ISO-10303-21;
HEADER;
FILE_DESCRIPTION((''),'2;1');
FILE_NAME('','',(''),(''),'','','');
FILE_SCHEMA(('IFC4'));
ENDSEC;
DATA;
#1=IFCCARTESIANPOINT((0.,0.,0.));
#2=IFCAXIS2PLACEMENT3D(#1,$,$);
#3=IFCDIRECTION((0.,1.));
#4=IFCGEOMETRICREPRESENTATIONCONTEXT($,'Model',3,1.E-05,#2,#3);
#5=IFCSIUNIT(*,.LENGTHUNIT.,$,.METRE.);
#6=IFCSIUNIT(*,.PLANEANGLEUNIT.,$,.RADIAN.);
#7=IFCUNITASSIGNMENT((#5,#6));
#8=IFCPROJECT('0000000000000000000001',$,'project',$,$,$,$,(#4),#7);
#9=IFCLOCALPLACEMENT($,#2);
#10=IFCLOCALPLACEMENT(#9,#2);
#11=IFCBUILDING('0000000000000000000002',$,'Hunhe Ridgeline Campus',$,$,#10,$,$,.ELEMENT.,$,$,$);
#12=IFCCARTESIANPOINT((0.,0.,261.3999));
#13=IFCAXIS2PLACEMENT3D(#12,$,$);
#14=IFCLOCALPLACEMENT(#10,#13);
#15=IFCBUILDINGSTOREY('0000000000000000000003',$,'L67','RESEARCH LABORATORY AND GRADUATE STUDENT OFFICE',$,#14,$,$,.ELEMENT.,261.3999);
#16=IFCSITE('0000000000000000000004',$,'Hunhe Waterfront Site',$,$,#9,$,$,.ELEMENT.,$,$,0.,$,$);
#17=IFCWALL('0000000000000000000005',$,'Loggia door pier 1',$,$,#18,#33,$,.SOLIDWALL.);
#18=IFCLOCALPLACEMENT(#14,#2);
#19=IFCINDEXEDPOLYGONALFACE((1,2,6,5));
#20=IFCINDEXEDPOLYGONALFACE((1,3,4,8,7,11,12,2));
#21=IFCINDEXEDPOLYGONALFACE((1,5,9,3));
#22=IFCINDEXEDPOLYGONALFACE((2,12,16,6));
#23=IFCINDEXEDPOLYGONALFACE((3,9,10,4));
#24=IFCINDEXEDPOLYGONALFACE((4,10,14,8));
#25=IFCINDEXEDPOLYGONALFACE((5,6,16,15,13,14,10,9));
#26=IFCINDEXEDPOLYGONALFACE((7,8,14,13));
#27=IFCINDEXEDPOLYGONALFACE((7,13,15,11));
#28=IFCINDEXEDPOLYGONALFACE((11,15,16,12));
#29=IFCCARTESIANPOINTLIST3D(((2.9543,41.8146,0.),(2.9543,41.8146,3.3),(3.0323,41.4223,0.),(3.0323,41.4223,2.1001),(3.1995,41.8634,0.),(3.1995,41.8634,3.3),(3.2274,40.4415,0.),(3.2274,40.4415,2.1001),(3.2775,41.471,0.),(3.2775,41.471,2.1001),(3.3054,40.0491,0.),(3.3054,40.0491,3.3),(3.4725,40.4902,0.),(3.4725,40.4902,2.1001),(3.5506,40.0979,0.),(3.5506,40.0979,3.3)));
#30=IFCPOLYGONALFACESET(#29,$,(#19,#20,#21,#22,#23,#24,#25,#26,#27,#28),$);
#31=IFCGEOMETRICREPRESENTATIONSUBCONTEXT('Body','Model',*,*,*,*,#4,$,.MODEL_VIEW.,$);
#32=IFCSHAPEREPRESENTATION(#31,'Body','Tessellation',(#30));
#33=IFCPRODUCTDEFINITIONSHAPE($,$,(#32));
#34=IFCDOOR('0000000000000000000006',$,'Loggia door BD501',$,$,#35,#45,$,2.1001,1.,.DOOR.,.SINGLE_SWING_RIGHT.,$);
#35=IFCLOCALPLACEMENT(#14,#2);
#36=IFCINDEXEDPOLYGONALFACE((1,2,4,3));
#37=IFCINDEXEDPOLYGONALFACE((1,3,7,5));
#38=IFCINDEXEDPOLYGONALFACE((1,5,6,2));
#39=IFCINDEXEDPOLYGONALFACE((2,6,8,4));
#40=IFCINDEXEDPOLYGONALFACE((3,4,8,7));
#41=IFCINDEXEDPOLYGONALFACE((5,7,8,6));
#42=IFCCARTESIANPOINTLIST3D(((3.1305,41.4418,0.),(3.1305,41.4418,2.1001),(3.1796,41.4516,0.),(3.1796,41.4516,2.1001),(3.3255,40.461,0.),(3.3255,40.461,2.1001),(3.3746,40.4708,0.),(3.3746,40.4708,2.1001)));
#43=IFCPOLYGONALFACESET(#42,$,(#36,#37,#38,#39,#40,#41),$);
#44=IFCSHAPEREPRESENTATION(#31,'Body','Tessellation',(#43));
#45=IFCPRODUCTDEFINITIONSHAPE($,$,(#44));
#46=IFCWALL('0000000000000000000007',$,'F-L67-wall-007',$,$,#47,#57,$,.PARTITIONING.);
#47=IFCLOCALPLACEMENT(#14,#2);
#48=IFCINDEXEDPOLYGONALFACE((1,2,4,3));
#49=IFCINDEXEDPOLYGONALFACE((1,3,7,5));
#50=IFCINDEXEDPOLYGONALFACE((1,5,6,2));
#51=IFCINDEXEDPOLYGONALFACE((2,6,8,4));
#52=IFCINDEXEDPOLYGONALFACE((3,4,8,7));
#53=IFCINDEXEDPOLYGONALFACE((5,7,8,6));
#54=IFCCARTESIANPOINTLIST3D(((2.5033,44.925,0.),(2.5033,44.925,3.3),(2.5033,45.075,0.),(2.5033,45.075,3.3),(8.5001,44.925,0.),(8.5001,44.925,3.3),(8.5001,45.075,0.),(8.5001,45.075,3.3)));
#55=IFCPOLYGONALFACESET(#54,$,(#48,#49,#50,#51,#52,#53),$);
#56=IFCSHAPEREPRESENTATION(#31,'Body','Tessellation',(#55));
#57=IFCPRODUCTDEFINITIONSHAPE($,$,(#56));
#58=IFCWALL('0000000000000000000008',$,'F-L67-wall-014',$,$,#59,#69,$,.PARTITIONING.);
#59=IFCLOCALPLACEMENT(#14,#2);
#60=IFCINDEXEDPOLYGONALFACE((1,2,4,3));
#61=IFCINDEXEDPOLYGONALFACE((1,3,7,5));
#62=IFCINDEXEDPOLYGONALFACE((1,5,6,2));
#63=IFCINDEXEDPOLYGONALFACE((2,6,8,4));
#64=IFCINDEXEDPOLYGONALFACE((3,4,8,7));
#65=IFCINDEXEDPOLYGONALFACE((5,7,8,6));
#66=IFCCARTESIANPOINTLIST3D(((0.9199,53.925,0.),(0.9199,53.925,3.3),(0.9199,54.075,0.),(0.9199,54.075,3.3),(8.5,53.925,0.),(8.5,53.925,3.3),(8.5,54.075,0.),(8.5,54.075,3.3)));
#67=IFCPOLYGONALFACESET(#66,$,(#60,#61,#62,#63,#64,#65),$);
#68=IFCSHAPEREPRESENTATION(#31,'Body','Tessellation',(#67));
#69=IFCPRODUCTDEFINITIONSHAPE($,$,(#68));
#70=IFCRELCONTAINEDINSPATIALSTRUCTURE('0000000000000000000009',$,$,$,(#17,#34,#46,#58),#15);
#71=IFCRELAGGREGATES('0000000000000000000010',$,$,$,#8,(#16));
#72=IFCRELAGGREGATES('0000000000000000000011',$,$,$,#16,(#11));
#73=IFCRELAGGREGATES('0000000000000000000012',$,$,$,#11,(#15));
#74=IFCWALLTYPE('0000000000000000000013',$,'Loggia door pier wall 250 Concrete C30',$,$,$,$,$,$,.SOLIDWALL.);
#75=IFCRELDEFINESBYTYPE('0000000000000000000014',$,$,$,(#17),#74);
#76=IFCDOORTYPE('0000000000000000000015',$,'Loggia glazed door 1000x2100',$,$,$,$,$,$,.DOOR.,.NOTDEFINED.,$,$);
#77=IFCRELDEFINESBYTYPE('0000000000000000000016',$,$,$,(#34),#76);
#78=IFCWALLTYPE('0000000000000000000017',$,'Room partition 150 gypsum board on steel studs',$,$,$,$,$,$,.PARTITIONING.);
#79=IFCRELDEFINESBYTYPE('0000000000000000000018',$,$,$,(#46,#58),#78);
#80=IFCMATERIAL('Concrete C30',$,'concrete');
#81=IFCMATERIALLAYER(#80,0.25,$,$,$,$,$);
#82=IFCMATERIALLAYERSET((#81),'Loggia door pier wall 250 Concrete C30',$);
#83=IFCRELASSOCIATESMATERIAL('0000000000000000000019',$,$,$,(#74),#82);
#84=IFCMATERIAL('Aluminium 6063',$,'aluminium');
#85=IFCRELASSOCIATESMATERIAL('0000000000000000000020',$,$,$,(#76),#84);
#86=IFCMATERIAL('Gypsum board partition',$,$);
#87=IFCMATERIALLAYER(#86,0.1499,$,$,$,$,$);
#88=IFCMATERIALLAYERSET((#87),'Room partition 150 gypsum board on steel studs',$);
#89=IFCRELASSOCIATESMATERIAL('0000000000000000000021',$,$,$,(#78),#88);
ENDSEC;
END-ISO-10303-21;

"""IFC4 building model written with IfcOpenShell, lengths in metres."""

from ifc_helpers import new_model, si_unit, direction, frame, frame_2d, origin, place, context, subcontext, project, spatial, rectangle, extrude, material, layer, layer_set, type_object, element, fill, save


model = new_model("IFC4")

# Units and contexts
model_context = context("Model", 3, precision=1e-05, world=origin(), true_north=direction((0.0, 1.0)))
body_context = subcontext(model_context, "Body", "Model", "MODEL_VIEW")
ifc_project = project(units=[si_unit("LENGTHUNIT", "METRE"), si_unit("PLANEANGLEUNIT", "RADIAN")], contexts=[model_context])

# Site, building, storey
site_placement = place(None, origin())
site = spatial("IfcSite", under=ifc_project, at=site_placement, Name="Hunhe Waterfront Site", CompositionType="ELEMENT", RefElevation=0.0)
building_placement = place(site_placement, origin())
building = spatial("IfcBuilding", under=site, at=building_placement, Name="Hunhe Ridgeline Campus", CompositionType="ELEMENT")
storey_placement = place(building_placement, frame((0.0, 0.0, 261.3999)))
storey = spatial("IfcBuildingStorey", under=building, at=storey_placement, Name="L67", Description="RESEARCH LABORATORY AND GRADUATE STUDENT OFFICE", CompositionType="ELEMENT", Elevation=261.3999)

# Shared definitions
ifc_material_1 = material(Name="Aluminium 6063", Category="aluminium")

# Shared definitions
ifc_material_2 = material(Name="Concrete C30", Category="concrete")

# Wall, opening, door
ifc_layer_1 = layer(ifc_material_2, 0.25)
ifc_layer_set_1 = layer_set([ifc_layer_1], Name="Loggia door pier wall 250 Concrete C30")
wall_type_1 = type_object("IfcWallType", Name="Loggia door pier wall 250 Concrete C30", PredefinedType="SOLIDWALL", material=ifc_layer_set_1)
wall_1_placement = place(storey_placement, frame((3.0769, 41.8389, 0.0), z_axis=(0.0, 0.0, 1.0), x_axis=(0.195047, -0.980794, 0.0)))
wall_1 = element("IfcWall", 1, at=wall_1_placement, inside=storey, type_object=wall_type_1, Name="Loggia door pier 1", PredefinedType="SOLIDWALL", context=body_context, shape_type="SweptSolid", body=[
    extrude(rectangle(XDim=1.8, YDim=0.25, at=frame_2d((0.8999, 0.0))), origin(), (0.0, 0.0, 1.0), 3.3),
])
opening_placement = place(wall_1_placement, frame((0.3999, 0.0, 0.0)))
opening = element("IfcOpeningElement", 2, at=opening_placement, cuts=wall_1, PredefinedType="OPENING", context=body_context, shape_type="SweptSolid", body=[
    extrude(rectangle(XDim=1.0, YDim=2.1001, at=frame_2d((0.5, 1.05))), frame((0.0, 0.125, 0.0), z_axis=(0.0, -1.0, 0.0), x_axis=(1.0, 0.0, 0.0)), (0.0, 0.0, 1.0), 0.25),
])
door_type = type_object("IfcDoorType", Name="Loggia glazed door 1000x2100", OperationType="NOTDEFINED", PredefinedType="DOOR", material=ifc_material_1)
door_placement = place(opening_placement, frame((1.0, 0.0, 0.0), z_axis=(0.0, 0.0, 1.0), x_axis=(-1.0, 0.0, 0.0)))
door = element("IfcDoor", 3, at=door_placement, inside=storey, type_object=door_type, Name="Loggia door BD501", OperationType="SINGLE_SWING_RIGHT", OverallHeight=2.1001, OverallWidth=1.0, PredefinedType="DOOR", context=body_context, shape_type="SweptSolid", body=[
    extrude(rectangle(XDim=1.0, YDim=2.1001, at=frame_2d((0.5, 1.05))), frame((0.0, 0.0249, 0.0), z_axis=(0.0, -1.0, 0.0), x_axis=(1.0, 0.0, 0.0)), (0.0, 0.0, 1.0), 0.05),
])
fill(opening, door)

# Walls
ifc_material_3 = material(Name="Gypsum board partition")
ifc_layer_2 = layer(ifc_material_3, 0.1499)
ifc_layer_set_2 = layer_set([ifc_layer_2], Name="Room partition 150 gypsum board on steel studs")
wall_type_2 = type_object("IfcWallType", Name="Room partition 150 gypsum board on steel studs", PredefinedType="PARTITIONING", material=ifc_layer_set_2)
wall_2_placement = place(storey_placement, frame((2.5032, 45.0, 0.0), z_axis=(0.0, 0.0, 1.0), x_axis=(1.0, 0.0, 0.0)))
element("IfcWall", 4, at=wall_2_placement, inside=storey, type_object=wall_type_2, Name="F-L67-wall-007", PredefinedType="PARTITIONING", context=body_context, shape_type="SweptSolid", body=[
    extrude(rectangle(XDim=5.9968, YDim=0.1499, at=frame_2d((2.9985, 0.0))), origin(), (0.0, 0.0, 1.0), 3.3),
])
wall_3_placement = place(storey_placement, frame((0.9199, 54.0, 0.0), z_axis=(0.0, 0.0, 1.0), x_axis=(1.0, 0.0, 0.0)))
element("IfcWall", 5, at=wall_3_placement, inside=storey, type_object=wall_type_2, Name="F-L67-wall-014", PredefinedType="PARTITIONING", context=body_context, shape_type="SweptSolid", body=[
    extrude(rectangle(XDim=7.5801, YDim=0.1499, at=frame_2d((3.79, 0.0))), origin(), (0.0, 0.0, 1.0), 3.3),
])

save(model, "model.ifc")
